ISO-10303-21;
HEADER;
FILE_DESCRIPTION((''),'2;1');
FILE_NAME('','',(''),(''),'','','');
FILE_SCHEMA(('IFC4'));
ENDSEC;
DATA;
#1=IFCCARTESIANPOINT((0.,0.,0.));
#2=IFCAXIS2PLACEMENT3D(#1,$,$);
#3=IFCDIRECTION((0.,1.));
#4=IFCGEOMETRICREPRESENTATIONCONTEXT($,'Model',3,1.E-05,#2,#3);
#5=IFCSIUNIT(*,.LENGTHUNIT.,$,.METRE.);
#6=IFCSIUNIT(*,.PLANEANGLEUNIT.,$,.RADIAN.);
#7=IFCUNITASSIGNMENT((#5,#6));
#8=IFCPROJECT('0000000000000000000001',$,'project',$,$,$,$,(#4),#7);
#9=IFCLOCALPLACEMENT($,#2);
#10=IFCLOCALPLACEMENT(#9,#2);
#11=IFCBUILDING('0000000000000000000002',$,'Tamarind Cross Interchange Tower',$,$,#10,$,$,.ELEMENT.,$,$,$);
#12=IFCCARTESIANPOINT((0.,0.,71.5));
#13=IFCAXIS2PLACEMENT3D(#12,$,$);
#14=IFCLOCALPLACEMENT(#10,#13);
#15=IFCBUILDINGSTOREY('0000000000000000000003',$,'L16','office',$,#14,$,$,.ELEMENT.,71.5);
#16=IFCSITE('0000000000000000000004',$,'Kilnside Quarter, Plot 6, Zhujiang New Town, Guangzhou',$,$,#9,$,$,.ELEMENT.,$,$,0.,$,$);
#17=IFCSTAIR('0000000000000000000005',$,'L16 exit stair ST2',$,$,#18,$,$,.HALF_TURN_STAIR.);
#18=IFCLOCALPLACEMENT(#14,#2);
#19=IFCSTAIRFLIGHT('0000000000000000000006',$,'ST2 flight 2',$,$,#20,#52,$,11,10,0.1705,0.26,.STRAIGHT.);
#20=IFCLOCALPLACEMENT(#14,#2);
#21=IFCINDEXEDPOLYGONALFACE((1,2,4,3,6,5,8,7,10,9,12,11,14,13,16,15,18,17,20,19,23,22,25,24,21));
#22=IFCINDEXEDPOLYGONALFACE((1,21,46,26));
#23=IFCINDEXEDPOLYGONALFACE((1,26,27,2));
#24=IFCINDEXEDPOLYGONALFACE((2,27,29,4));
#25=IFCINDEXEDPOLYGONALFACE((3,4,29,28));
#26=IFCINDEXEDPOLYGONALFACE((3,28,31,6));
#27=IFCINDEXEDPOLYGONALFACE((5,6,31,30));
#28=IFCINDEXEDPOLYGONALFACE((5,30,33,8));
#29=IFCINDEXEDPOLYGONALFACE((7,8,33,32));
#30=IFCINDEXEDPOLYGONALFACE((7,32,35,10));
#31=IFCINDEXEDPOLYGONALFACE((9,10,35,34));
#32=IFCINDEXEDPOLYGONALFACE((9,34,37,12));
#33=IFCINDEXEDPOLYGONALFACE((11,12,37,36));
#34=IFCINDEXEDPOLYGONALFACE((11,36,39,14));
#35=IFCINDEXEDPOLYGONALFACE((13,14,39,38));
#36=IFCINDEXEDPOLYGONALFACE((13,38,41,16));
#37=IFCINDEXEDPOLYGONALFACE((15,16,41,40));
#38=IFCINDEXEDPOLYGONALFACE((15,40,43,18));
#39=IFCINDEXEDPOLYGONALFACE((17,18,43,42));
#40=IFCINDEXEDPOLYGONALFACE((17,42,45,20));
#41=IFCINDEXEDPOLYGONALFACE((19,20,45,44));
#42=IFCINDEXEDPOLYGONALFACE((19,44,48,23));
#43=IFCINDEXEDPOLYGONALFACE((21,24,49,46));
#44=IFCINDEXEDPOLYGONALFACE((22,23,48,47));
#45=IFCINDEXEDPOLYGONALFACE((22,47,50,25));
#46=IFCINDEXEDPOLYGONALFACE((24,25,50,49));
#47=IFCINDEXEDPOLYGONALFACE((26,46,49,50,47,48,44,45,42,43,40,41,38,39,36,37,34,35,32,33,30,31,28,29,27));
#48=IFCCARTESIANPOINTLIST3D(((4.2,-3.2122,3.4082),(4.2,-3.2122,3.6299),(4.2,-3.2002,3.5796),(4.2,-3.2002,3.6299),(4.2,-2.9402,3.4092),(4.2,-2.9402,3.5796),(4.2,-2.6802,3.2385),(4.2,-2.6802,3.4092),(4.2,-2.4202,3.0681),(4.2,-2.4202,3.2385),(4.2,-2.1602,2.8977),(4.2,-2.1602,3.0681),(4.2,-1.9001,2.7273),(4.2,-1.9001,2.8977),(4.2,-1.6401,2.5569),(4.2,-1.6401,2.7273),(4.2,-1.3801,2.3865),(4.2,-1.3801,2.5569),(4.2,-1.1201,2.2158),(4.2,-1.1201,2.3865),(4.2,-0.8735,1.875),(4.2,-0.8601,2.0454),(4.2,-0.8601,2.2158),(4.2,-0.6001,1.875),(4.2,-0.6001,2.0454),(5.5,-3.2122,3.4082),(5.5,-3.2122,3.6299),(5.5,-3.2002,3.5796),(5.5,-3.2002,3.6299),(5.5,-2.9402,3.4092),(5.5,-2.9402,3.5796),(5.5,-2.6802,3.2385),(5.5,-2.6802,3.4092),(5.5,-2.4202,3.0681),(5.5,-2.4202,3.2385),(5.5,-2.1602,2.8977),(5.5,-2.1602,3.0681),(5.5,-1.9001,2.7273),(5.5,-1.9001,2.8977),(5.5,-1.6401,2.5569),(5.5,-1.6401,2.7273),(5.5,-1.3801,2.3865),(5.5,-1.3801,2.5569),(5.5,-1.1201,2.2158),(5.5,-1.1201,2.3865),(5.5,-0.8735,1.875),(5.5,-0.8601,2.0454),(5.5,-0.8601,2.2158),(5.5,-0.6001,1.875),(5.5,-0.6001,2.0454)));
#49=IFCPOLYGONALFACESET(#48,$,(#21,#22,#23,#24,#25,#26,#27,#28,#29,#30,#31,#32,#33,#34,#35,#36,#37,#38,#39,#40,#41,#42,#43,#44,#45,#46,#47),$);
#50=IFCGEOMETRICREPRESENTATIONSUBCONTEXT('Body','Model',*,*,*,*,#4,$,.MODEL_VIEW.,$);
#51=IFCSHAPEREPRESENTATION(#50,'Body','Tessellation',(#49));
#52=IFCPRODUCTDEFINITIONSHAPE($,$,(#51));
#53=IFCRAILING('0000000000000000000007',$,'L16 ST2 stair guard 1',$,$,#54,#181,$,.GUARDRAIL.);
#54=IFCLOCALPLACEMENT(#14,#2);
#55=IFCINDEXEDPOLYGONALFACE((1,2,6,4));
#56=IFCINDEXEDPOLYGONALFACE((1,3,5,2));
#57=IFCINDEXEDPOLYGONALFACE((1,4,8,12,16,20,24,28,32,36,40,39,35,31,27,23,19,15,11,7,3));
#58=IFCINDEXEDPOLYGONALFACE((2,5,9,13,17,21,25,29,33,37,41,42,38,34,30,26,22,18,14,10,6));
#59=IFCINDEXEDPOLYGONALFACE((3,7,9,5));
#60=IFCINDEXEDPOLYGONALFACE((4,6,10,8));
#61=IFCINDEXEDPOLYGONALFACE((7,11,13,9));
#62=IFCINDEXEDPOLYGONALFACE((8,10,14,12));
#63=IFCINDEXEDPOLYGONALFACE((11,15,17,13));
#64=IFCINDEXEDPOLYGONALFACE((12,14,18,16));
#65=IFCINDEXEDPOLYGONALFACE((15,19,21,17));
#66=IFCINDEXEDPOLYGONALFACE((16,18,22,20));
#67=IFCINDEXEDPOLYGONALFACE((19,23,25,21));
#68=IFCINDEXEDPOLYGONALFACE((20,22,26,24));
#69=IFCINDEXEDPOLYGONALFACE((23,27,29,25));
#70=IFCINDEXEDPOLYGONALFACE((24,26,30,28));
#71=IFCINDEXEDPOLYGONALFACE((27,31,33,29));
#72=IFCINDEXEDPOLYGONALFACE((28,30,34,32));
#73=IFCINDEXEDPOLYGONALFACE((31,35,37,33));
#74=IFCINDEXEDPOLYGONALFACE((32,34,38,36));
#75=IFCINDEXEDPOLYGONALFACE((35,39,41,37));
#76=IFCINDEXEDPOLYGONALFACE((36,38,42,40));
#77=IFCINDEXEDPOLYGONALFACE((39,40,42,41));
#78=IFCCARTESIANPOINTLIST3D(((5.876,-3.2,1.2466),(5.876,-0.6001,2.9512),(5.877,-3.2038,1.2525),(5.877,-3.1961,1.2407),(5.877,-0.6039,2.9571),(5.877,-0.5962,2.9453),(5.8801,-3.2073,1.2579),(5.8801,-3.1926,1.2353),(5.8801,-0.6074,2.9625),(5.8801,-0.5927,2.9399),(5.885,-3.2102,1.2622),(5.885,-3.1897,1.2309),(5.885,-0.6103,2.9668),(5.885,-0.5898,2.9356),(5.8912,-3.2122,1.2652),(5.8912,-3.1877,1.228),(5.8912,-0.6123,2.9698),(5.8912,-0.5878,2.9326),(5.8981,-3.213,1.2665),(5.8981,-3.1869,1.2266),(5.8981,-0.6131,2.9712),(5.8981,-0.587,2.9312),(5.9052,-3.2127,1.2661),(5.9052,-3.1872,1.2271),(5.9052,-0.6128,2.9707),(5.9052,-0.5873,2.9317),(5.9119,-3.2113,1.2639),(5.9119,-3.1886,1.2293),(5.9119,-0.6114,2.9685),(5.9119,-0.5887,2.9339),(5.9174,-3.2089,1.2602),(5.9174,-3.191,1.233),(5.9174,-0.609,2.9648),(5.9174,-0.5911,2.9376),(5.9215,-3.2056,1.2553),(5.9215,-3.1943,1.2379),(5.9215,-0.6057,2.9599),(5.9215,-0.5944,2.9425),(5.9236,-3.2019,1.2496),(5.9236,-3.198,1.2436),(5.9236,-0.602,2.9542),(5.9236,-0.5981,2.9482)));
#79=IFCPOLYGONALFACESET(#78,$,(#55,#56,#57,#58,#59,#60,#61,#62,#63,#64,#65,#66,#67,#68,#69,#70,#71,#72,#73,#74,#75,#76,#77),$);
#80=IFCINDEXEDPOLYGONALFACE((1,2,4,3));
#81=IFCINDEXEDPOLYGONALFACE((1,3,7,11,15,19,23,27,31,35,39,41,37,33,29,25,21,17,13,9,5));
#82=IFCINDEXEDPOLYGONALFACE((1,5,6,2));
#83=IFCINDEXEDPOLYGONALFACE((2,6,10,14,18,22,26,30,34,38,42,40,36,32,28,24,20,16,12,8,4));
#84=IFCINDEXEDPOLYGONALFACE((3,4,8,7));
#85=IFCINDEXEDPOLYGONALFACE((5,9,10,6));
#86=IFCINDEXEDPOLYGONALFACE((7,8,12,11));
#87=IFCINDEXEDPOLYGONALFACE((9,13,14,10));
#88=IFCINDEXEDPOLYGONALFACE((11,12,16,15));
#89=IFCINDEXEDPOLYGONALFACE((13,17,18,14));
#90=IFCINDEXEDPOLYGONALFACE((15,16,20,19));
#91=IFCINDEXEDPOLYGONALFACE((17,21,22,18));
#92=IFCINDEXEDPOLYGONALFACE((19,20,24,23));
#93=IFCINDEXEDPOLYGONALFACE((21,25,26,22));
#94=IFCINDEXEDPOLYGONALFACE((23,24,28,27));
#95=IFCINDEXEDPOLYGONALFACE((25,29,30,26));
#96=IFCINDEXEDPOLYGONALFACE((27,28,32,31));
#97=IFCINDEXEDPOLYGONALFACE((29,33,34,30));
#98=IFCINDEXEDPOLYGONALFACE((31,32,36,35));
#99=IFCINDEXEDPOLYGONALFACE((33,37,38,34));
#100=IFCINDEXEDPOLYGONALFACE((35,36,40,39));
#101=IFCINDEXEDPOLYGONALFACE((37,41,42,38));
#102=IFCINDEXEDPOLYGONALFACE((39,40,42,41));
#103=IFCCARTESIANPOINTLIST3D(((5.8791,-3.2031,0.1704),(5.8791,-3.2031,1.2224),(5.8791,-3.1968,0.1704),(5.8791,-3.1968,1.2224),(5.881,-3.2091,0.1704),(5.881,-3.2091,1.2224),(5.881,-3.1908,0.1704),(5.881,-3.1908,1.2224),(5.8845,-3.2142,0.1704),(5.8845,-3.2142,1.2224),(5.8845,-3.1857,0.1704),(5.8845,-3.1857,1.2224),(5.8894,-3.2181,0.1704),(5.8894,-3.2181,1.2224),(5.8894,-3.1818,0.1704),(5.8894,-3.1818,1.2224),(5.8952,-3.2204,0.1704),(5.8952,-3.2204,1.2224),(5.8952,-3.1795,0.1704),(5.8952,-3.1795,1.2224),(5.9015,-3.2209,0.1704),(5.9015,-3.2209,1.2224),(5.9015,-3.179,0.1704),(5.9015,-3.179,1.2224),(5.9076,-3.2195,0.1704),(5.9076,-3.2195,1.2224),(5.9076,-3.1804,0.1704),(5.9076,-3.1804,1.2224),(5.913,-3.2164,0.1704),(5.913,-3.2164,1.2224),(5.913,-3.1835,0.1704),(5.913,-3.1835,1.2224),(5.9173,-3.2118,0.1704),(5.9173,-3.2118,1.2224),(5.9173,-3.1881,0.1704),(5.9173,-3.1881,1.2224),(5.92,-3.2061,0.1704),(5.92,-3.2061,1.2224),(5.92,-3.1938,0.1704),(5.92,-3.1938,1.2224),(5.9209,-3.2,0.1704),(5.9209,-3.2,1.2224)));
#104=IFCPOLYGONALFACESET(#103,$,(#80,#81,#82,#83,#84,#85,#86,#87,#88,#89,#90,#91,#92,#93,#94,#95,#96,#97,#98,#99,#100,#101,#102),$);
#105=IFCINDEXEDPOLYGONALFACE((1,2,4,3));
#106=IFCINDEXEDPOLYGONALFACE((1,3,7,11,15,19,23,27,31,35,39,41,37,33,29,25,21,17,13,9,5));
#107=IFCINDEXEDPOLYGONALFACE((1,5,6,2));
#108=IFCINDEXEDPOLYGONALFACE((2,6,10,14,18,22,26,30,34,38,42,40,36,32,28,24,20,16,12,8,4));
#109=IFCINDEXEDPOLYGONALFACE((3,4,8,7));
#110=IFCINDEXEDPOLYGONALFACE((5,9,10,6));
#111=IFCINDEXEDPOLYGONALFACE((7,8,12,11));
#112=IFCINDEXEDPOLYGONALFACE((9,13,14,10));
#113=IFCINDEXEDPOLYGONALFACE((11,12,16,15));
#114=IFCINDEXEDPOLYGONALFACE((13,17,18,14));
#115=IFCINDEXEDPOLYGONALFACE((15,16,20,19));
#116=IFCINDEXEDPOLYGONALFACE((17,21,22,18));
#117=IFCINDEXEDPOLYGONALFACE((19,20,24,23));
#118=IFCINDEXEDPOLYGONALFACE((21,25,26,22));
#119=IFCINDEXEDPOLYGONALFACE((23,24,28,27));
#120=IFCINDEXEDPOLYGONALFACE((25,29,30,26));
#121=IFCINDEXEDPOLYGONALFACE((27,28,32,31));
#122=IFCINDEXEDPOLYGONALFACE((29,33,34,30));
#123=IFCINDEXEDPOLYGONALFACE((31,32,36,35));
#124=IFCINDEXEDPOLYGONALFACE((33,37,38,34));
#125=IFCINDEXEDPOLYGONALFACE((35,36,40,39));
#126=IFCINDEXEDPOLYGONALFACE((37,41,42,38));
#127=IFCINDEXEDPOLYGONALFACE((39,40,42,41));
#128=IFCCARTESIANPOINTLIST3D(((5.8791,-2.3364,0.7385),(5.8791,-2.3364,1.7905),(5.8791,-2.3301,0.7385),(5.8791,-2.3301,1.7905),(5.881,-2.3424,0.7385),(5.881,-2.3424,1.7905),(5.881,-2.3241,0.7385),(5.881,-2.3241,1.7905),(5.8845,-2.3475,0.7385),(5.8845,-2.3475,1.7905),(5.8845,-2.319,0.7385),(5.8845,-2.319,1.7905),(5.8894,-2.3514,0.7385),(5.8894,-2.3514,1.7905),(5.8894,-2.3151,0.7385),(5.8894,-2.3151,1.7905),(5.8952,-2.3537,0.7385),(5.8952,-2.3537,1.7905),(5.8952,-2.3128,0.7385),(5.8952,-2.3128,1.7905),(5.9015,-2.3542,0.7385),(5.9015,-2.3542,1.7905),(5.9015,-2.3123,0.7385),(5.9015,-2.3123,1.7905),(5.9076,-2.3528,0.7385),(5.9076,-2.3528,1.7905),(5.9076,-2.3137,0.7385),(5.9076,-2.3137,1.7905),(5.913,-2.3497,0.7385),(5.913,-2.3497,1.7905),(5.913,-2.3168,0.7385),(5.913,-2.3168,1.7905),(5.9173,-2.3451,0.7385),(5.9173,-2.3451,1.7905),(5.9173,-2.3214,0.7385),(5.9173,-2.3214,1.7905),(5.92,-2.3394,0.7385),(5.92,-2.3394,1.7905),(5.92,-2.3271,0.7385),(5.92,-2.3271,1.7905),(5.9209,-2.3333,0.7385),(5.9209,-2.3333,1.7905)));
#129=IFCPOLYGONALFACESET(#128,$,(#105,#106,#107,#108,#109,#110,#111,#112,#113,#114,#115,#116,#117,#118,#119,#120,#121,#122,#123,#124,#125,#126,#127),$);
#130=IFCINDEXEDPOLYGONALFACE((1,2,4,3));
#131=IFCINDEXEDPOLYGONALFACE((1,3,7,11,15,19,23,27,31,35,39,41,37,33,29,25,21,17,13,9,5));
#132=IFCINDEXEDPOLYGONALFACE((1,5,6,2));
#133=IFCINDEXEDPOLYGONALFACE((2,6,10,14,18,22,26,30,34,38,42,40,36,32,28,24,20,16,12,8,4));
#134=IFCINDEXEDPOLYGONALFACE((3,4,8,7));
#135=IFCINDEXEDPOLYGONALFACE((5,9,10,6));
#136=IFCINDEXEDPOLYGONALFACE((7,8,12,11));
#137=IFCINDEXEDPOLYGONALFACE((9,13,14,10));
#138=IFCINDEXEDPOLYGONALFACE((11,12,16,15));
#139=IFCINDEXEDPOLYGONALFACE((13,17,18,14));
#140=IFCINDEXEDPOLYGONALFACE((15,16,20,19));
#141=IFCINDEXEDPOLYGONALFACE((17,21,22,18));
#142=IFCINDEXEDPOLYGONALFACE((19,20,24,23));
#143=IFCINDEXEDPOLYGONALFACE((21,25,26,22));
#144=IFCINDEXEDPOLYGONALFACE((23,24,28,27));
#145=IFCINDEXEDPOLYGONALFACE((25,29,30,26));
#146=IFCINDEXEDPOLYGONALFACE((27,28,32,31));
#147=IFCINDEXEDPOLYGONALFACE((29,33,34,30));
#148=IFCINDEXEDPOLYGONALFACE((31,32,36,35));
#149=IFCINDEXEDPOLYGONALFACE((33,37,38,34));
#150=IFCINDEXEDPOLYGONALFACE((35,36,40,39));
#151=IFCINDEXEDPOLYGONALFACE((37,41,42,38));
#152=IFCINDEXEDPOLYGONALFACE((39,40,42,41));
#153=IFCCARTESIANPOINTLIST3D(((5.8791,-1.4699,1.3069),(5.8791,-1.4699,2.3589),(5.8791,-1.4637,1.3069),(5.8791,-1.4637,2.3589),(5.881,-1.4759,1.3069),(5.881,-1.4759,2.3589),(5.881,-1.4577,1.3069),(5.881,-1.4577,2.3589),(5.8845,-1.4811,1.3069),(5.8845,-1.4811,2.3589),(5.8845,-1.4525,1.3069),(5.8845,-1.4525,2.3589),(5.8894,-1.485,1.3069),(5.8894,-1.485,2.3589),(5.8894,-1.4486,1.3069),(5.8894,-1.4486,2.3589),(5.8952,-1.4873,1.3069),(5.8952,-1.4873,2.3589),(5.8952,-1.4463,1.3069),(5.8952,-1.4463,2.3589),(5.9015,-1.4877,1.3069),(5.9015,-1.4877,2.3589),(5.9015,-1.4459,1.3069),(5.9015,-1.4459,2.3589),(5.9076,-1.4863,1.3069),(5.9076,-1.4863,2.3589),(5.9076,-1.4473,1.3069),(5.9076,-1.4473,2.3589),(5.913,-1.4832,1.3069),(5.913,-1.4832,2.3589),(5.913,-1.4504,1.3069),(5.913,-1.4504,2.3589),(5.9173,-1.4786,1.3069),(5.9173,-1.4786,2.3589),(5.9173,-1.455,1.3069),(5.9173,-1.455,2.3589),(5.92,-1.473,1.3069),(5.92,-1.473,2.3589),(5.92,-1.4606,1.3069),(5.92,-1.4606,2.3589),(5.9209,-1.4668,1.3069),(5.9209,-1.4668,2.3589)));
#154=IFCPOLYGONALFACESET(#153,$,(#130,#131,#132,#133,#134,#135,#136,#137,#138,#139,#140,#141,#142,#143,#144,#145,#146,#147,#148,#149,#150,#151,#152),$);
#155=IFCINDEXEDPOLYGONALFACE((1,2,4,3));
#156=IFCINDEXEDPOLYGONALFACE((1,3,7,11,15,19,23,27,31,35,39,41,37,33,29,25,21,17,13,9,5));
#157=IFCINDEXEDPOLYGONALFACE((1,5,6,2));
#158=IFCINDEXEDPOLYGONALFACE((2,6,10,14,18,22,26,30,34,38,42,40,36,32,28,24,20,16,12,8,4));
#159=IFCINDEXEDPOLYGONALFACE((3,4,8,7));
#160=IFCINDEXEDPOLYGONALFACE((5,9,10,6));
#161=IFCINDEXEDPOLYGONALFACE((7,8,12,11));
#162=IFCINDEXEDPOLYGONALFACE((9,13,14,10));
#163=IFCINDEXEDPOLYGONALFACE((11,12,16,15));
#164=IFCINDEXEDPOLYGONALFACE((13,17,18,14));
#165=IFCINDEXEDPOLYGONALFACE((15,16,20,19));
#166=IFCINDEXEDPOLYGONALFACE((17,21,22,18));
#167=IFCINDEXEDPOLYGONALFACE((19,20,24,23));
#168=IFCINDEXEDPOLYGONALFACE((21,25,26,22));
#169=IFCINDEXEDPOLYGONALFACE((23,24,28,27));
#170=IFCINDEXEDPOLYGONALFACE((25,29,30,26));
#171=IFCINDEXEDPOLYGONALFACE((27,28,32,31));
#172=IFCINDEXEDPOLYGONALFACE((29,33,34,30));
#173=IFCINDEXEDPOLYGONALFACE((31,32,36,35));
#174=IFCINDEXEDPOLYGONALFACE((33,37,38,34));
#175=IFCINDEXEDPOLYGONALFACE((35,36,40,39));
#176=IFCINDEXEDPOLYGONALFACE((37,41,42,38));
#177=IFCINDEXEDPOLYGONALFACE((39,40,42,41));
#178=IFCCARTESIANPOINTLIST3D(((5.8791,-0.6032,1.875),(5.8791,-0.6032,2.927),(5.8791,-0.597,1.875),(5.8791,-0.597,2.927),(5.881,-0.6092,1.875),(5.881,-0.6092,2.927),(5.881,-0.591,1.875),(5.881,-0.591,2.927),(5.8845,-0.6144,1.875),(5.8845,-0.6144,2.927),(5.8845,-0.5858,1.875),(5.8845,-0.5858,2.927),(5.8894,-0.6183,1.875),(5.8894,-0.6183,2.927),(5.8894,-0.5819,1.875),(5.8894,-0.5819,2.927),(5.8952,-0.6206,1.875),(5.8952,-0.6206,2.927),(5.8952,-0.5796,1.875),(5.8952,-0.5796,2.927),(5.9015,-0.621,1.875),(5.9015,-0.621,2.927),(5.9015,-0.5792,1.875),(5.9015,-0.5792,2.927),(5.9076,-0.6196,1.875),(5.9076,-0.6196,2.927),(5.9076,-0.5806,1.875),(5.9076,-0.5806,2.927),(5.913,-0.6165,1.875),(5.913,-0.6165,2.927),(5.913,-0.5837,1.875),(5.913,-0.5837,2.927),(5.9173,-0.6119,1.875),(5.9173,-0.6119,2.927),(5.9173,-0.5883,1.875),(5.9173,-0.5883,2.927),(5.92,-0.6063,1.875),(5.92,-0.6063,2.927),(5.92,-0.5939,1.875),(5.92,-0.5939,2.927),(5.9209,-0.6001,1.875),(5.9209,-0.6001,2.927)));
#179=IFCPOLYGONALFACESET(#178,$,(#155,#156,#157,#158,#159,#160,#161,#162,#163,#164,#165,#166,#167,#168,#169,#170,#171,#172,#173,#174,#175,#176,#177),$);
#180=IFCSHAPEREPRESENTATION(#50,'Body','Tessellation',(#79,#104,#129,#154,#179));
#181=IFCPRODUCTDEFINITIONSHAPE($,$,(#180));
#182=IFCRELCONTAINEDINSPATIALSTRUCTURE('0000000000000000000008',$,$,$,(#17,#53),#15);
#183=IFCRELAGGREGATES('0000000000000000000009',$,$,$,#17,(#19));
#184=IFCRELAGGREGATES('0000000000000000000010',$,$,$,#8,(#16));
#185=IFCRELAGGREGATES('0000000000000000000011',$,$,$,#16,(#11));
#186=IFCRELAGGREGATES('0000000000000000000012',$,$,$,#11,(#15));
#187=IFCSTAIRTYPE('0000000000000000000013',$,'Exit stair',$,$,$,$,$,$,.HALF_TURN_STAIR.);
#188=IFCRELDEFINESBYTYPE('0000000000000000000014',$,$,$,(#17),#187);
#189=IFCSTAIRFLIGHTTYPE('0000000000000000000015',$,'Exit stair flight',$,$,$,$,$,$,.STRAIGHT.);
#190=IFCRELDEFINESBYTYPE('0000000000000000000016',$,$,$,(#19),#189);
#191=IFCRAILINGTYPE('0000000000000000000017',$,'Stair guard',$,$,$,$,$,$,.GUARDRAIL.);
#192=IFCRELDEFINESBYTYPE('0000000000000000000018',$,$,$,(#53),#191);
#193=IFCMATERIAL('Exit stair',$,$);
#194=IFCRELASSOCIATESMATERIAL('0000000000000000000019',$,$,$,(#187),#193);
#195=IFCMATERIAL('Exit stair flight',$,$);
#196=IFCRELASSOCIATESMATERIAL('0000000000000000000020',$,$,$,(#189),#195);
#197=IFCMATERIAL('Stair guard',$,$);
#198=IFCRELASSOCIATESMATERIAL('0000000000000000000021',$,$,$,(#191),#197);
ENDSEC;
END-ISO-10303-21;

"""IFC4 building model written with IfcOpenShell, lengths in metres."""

from ifc_helpers import new_model, si_unit, direction, frame, origin, origin_2d, place, context, subcontext, project, spatial, polyline, circle, outline, extrude, material, type_object, element, aggregate, save


model = new_model("IFC4")

# Units and contexts
model_context = context("Model", 3, precision=1e-05, world=origin(), true_north=direction((0.0, 1.0)))
body_context = subcontext(model_context, "Body", "Model", "MODEL_VIEW")
ifc_project = project(units=[si_unit("LENGTHUNIT", "METRE"), si_unit("PLANEANGLEUNIT", "RADIAN")], contexts=[model_context])

# Site, building, storey
site_placement = place(None, origin())
site = spatial("IfcSite", under=ifc_project, at=site_placement, Name="Kilnside Quarter, Plot 6, Zhujiang New Town, Guangzhou", CompositionType="ELEMENT", RefElevation=0.0)
building_placement = place(site_placement, origin())
building = spatial("IfcBuilding", under=site, at=building_placement, Name="Tamarind Cross Interchange Tower", CompositionType="ELEMENT")
storey_placement = place(building_placement, frame((0.0, 0.0, 71.5)))
storey = spatial("IfcBuildingStorey", under=building, at=storey_placement, Name="L16", Description="office", CompositionType="ELEMENT", Elevation=71.5)

# Stair, stair flight
ifc_material_1 = material(Name="Exit stair")
stair_type = type_object("IfcStairType", Name="Exit stair", PredefinedType="HALF_TURN_STAIR", material=ifc_material_1)
stair_placement = place(storey_placement, origin())
stair = element("IfcStair", 1, at=stair_placement, inside=storey, type_object=stair_type, Name="L16 exit stair ST2", PredefinedType="HALF_TURN_STAIR")
ifc_material_2 = material(Name="Exit stair flight")
stair_flight_type = type_object("IfcStairFlightType", Name="Exit stair flight", PredefinedType="STRAIGHT", material=ifc_material_2)
stair_flight_1_placement = place(storey_placement, frame((4.8501, -0.6001, 1.875), z_axis=(0.0, 0.0, 1.0), x_axis=(0.0, -1.0, 0.0)))
stair_flight_1 = element("IfcStairFlight", 2, at=stair_flight_1_placement, type_object=stair_flight_type, Name="ST2 flight 2", NumberOfRisers=11, NumberOfTreads=10, PredefinedType="STRAIGHT", RiserHeight=0.1705, TreadLength=0.26, context=body_context, shape_type="SweptSolid", body=[
    extrude(outline(polyline([(0.0, 0.0), (0.0, 0.1704), (0.26, 0.1704), (0.26, 0.3408), (0.52, 0.3408), (0.52, 0.5115), (0.78, 0.5115), (0.78, 0.6819), (1.04, 0.6819), (1.04, 0.8523), (1.3, 0.8523), (1.3, 1.0227), (1.5601, 1.0227), (1.5601, 1.1931), (1.8201, 1.1931), (1.8201, 1.3635), (2.0801, 1.3635), (2.0801, 1.5342), (2.3401, 1.5342), (2.3401, 1.7046), (2.6001, 1.7046), (2.6001, 1.7549), (2.6121, 1.7549), (2.6121, 1.5332), (0.2734, 0.0), (0.0, 0.0)])), frame((0.0, 0.6499, 0.0), z_axis=(0.0, -1.0, 0.0), x_axis=(1.0, 0.0, 0.0)), (0.0, 0.0, 1.0), 1.3),
])
aggregate(stair, [stair_flight_1])

# Railing
ifc_material_3 = material(Name="Stair guard")
railing_type_1 = type_object("IfcRailingType", Name="Stair guard", PredefinedType="GUARDRAIL", material=ifc_material_3)
railing_1_placement = place(storey_placement, frame((5.8999, -3.2, 0.1704)))
element("IfcRailing", 3, at=railing_1_placement, inside=storey, type_object=railing_type_1, Name="L16 ST2 stair guard 1", PredefinedType="GUARDRAIL", context=body_context, shape_type="SweptSolid", body=[
    extrude(circle(Radius=0.0239, at=origin_2d()), frame((0.0, 0.0, 1.0762), z_axis=(0.0, 0.836279, 0.548305), x_axis=(-1.0, 0.0, 0.0)), (0.0, 0.0, 1.0), 3.1089),
    extrude(circle(Radius=0.021, at=origin_2d()), origin(), (0.0, 0.0, 1.0), 1.052),
    extrude(circle(Radius=0.021, at=origin_2d()), frame((0.0, 0.8667, 0.5681)), (0.0, 0.0, 1.0), 1.052),
    extrude(circle(Radius=0.021, at=origin_2d()), frame((0.0, 1.7332, 1.1365)), (0.0, 0.0, 1.0), 1.052),
    extrude(circle(Radius=0.021, at=origin_2d()), frame((0.0, 2.5999, 1.7046)), (0.0, 0.0, 1.0), 1.052),
])

save(model, "model.ifc")
